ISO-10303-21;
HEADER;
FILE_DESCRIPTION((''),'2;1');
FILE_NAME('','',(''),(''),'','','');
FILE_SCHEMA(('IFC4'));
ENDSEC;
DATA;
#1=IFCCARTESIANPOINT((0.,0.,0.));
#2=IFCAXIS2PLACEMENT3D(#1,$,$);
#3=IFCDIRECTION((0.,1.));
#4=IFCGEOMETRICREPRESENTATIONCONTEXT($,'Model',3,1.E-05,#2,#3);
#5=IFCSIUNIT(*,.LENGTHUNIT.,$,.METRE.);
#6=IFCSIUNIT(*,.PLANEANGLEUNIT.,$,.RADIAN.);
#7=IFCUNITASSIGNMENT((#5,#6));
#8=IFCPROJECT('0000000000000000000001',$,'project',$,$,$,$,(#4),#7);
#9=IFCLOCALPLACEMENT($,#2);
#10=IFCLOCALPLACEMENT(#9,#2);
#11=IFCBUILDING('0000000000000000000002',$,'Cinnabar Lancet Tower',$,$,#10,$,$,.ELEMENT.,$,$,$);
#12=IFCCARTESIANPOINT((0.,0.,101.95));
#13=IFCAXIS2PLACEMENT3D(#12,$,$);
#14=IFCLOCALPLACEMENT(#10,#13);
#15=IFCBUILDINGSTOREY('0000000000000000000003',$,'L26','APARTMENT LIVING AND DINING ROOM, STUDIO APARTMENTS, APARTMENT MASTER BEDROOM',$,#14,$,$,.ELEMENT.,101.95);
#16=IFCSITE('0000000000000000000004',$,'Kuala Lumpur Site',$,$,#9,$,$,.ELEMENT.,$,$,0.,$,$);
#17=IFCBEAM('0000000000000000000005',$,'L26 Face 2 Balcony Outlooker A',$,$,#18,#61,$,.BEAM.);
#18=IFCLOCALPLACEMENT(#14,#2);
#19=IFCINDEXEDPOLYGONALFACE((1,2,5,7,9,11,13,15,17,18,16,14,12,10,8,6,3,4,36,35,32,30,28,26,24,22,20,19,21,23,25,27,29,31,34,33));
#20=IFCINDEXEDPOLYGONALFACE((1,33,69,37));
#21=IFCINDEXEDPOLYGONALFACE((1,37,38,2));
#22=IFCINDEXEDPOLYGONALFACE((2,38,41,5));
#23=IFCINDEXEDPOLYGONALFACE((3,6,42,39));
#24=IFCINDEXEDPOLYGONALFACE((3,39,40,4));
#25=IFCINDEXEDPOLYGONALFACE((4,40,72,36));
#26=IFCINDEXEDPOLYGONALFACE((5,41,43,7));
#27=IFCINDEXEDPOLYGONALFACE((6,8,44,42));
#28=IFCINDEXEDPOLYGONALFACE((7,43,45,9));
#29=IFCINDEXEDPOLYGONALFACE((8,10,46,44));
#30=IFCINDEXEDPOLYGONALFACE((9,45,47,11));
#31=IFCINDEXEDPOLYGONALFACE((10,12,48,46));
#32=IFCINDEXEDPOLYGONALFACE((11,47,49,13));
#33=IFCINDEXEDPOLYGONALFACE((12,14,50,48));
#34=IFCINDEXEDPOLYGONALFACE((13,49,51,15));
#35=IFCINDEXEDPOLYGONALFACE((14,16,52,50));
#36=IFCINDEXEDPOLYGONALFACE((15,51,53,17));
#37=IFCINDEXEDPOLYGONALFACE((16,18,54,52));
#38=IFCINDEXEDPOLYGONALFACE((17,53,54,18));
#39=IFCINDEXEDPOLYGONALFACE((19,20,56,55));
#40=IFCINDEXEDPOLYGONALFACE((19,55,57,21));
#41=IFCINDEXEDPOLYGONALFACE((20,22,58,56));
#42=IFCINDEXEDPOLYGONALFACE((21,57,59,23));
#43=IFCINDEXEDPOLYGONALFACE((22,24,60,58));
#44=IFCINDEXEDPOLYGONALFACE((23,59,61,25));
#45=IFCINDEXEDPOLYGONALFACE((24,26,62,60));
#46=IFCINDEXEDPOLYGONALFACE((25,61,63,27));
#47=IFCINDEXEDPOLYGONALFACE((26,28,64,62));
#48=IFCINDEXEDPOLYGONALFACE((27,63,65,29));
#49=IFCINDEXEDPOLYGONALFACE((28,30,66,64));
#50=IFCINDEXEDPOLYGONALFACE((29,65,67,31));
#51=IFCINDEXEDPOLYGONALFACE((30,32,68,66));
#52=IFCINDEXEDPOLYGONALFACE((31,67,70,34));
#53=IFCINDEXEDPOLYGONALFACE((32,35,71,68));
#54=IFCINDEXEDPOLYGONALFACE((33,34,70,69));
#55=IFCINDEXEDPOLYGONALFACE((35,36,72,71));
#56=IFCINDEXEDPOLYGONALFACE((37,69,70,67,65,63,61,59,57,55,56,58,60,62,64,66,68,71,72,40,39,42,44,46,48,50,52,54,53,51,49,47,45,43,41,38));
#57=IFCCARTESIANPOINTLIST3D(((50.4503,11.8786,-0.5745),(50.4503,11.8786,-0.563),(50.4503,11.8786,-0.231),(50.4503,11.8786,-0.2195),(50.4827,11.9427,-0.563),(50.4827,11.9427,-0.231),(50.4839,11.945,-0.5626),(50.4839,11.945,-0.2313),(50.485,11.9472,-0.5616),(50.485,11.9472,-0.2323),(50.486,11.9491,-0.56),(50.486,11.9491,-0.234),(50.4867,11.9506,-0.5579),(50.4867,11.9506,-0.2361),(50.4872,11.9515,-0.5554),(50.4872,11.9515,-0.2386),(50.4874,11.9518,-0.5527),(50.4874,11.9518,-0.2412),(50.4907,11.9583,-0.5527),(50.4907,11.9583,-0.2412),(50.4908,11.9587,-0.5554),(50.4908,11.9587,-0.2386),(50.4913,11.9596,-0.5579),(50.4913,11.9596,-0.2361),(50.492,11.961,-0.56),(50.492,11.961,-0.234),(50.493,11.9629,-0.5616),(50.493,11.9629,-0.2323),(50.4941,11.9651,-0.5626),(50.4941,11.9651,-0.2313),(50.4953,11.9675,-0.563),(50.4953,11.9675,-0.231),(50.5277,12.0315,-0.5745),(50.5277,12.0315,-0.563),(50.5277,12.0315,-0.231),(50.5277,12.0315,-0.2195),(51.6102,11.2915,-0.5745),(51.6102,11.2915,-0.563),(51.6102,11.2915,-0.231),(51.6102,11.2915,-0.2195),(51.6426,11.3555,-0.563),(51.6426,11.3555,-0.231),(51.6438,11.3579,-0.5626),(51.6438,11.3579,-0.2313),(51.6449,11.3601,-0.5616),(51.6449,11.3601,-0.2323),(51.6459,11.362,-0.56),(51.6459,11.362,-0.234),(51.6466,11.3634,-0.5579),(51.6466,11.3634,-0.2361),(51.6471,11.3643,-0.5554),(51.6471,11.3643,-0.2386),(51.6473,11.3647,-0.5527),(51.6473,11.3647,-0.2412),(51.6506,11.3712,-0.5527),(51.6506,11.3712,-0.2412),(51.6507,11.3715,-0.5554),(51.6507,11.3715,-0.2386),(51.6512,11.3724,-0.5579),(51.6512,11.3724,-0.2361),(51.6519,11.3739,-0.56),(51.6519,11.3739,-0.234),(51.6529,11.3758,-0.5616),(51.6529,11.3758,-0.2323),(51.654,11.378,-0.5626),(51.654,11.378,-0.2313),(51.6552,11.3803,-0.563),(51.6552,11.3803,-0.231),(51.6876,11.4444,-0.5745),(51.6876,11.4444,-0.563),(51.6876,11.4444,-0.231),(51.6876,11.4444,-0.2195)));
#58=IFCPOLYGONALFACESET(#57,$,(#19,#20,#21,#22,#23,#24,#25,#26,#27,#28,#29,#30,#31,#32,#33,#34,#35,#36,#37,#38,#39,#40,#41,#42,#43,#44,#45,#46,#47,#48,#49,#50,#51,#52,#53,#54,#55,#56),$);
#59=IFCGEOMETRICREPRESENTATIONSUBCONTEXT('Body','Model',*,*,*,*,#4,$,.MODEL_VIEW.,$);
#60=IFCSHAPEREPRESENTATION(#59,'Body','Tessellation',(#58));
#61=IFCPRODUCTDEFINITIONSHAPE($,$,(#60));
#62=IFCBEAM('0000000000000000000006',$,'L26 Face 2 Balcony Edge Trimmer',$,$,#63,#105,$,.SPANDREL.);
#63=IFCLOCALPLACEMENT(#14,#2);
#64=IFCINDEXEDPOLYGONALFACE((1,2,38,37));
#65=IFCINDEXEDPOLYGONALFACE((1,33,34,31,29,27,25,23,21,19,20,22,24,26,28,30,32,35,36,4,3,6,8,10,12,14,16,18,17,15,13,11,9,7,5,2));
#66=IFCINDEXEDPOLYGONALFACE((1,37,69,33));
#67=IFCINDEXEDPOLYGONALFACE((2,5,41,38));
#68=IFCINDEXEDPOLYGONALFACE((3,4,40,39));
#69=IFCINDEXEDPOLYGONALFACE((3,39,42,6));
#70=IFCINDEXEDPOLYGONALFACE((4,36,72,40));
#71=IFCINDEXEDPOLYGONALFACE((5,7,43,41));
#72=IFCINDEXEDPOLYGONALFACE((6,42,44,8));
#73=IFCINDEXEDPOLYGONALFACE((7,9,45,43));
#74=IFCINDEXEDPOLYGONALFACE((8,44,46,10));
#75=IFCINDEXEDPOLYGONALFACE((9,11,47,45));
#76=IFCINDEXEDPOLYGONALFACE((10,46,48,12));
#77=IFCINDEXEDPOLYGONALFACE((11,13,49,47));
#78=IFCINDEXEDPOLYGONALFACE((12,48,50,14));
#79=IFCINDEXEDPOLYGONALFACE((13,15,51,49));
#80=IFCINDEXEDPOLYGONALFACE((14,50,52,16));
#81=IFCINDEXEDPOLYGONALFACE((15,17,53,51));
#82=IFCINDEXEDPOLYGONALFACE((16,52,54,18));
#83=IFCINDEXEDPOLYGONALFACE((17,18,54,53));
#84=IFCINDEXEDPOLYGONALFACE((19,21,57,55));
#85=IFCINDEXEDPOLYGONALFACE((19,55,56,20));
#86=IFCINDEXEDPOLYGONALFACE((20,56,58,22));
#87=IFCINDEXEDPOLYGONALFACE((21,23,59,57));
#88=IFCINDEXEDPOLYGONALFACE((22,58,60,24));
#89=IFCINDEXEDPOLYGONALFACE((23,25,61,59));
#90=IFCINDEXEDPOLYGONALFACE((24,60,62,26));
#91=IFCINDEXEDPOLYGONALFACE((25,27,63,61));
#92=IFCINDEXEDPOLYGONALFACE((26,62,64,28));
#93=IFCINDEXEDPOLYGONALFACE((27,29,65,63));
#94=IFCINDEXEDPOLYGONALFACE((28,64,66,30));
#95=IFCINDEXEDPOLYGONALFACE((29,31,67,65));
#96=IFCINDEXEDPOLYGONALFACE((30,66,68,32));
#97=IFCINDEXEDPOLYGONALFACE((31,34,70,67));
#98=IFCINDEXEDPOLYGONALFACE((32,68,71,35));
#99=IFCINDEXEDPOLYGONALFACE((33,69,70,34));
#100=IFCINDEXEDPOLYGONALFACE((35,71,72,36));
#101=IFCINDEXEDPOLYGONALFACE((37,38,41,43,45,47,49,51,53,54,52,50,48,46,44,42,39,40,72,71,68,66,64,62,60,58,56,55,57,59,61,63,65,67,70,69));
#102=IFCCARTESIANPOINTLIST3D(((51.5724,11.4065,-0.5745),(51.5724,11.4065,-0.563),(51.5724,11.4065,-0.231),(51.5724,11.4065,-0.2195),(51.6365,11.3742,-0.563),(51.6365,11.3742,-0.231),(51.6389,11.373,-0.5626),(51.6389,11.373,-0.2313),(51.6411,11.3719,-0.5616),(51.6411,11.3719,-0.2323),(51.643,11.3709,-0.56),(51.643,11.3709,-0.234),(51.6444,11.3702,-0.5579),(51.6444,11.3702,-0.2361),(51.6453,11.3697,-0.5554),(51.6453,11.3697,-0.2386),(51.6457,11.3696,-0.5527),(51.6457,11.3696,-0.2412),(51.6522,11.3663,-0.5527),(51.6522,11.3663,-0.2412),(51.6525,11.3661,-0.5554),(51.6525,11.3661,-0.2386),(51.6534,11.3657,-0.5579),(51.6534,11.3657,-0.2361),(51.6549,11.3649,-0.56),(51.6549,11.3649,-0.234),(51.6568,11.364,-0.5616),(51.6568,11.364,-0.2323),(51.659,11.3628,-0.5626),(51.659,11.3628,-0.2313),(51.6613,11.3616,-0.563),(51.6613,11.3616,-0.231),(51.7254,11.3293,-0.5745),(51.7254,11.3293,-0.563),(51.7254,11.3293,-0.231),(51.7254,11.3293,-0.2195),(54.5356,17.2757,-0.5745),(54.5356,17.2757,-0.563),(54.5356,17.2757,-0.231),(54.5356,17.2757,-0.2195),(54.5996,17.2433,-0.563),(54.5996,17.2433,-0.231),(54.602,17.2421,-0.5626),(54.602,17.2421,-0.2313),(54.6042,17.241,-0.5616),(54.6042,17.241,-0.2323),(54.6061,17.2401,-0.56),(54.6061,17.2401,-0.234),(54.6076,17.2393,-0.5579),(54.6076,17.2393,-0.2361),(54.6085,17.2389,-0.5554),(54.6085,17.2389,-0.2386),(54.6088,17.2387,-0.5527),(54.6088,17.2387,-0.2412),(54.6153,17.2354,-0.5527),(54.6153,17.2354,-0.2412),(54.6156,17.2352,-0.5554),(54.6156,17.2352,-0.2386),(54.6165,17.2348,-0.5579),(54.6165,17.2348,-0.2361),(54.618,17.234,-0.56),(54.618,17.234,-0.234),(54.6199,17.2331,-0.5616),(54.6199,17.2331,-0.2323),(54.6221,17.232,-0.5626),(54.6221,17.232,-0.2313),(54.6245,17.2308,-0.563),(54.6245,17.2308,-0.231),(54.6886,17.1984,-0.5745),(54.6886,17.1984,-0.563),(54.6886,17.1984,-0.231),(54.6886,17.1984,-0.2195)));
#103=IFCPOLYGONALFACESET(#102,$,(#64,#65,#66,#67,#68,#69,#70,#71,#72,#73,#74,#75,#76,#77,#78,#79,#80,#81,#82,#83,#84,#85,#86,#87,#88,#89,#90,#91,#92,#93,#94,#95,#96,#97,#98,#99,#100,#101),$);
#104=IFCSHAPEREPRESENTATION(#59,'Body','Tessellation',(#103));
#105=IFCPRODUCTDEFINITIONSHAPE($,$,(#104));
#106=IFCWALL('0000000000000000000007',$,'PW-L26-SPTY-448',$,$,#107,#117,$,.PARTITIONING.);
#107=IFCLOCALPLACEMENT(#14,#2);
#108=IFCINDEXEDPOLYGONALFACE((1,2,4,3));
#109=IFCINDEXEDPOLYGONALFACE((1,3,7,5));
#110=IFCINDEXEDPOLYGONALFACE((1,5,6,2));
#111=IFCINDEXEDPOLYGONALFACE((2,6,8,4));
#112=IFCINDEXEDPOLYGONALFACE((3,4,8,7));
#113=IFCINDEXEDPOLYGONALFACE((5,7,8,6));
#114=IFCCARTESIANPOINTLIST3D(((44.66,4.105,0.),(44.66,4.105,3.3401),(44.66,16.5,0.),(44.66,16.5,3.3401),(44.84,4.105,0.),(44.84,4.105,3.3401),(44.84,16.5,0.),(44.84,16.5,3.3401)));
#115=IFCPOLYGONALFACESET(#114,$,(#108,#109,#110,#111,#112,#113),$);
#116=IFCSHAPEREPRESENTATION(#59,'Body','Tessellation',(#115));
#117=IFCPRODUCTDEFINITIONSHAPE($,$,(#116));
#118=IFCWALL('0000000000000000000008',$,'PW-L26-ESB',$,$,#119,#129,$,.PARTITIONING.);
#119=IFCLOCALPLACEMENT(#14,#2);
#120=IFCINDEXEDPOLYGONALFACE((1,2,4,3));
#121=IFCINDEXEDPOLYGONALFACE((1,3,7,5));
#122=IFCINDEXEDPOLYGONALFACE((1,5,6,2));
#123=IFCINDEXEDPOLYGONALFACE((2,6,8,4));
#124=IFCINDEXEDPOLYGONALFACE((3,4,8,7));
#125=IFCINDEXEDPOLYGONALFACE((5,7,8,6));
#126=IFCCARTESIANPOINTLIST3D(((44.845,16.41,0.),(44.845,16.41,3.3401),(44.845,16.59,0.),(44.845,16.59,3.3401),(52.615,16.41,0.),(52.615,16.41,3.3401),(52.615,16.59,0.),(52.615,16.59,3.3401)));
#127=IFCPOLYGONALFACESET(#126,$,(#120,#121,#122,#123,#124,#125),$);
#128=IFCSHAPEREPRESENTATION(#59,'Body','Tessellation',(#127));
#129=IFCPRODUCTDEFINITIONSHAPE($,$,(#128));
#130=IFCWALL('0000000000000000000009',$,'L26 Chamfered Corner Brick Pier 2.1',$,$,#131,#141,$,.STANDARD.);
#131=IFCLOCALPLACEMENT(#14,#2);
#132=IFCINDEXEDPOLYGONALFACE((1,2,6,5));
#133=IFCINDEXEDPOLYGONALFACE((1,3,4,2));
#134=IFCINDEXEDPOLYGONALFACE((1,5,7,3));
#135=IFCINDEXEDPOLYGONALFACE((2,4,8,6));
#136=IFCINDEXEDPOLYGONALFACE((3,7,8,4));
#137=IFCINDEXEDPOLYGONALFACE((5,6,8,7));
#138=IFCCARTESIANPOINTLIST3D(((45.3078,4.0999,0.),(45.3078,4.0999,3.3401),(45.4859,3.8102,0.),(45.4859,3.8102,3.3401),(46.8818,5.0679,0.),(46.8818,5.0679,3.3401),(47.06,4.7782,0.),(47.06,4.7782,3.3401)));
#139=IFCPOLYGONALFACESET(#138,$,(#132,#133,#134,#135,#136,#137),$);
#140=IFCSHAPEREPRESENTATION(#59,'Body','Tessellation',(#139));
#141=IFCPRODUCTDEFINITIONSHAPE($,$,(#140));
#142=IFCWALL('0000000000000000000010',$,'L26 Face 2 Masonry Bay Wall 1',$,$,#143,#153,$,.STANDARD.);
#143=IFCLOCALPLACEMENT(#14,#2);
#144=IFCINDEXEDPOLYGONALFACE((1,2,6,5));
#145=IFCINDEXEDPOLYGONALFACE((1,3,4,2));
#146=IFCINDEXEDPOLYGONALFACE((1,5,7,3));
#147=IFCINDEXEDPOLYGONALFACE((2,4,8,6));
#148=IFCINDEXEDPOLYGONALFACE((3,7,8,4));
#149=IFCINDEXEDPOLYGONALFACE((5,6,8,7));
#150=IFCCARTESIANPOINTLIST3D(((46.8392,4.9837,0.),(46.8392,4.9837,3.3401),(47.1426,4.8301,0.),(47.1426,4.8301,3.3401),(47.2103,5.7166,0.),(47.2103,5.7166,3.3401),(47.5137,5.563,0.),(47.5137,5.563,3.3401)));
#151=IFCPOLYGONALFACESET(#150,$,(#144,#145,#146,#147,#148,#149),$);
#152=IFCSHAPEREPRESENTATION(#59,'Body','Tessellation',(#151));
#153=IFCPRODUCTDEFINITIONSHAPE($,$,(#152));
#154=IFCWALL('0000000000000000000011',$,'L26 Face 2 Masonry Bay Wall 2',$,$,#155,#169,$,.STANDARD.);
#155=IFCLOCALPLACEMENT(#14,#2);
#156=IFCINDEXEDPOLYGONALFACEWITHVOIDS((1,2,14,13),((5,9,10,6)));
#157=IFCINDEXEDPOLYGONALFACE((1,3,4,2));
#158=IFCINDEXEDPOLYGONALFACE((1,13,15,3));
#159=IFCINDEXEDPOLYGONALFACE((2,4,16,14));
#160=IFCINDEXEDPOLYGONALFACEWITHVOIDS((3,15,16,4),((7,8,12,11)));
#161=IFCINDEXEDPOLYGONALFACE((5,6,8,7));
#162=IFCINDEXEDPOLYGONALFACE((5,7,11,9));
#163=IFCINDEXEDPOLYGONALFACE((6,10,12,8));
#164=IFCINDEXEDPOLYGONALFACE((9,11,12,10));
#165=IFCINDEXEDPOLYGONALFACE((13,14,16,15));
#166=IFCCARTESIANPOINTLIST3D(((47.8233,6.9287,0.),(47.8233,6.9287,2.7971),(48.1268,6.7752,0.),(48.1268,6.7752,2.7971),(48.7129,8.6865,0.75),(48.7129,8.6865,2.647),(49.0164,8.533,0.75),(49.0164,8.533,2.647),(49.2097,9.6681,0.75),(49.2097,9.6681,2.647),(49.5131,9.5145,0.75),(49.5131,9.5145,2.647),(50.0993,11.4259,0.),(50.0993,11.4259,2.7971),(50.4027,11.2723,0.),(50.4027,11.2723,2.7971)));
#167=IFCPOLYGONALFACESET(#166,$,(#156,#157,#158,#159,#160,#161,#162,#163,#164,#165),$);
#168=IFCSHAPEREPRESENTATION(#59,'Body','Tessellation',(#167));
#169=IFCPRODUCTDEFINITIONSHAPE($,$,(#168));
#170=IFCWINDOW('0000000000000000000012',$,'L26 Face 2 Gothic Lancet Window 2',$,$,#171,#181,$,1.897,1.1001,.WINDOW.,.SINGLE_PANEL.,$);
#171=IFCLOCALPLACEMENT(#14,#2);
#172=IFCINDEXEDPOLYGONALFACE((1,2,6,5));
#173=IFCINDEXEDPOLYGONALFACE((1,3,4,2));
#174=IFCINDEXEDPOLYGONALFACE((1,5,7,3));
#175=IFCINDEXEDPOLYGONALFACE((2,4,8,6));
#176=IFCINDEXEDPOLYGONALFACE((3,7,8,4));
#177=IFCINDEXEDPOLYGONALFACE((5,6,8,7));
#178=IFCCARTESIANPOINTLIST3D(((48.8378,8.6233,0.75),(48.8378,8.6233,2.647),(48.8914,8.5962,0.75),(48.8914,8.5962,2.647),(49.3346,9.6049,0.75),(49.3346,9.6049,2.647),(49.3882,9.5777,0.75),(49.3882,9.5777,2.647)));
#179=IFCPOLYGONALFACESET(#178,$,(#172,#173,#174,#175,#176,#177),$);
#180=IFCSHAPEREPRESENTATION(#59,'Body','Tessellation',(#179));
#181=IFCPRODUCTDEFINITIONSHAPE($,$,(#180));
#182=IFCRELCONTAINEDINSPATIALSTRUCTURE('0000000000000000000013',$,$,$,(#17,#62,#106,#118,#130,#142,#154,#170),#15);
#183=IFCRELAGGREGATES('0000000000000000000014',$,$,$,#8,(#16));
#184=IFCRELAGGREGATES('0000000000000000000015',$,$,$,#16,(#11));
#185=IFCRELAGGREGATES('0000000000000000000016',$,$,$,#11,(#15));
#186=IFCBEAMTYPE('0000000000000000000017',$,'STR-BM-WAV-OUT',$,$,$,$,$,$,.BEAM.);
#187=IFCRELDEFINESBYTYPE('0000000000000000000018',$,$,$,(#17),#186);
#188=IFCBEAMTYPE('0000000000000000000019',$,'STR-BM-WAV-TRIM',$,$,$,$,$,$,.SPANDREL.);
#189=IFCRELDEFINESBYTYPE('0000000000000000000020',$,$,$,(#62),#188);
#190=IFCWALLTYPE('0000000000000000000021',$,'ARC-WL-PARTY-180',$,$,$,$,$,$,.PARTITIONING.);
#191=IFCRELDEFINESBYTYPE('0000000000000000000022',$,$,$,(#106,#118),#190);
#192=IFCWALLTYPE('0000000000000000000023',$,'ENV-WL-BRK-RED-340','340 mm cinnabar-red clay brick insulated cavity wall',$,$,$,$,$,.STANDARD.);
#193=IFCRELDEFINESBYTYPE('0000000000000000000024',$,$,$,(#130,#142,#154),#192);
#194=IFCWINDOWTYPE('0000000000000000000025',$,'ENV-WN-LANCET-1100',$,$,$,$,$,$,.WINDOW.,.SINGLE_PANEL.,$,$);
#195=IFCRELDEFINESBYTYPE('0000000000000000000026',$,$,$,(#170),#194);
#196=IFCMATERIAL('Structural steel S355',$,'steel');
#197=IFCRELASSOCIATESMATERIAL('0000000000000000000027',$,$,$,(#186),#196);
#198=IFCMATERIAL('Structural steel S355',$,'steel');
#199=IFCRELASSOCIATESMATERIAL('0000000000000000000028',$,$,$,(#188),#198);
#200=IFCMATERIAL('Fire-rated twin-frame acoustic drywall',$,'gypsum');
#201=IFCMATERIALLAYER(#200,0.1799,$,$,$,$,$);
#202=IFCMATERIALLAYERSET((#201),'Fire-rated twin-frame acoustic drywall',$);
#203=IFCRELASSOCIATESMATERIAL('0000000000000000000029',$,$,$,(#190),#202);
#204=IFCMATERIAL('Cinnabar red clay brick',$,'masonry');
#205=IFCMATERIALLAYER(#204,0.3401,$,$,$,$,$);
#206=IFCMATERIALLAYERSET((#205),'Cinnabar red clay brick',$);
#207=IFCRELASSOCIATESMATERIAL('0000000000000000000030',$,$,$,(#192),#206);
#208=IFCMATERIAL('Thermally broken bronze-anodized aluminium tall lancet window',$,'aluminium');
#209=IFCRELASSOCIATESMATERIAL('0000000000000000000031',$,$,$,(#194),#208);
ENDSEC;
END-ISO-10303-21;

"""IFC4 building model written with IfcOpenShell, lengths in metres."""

from ifc_helpers import new_model, si_unit, direction, frame, frame_2d, origin, origin_2d, place, context, subcontext, project, spatial, rectangle, i_section, extrude, material, layer, layer_set, material_profile, profile_set, type_object, element, fill, save


model = new_model("IFC4")

# Units and contexts
model_context = context("Model", 3, precision=1e-05, world=origin(), true_north=direction((0.0, 1.0)))
body_context = subcontext(model_context, "Body", "Model", "MODEL_VIEW")
ifc_project = project(units=[si_unit("LENGTHUNIT", "METRE"), si_unit("PLANEANGLEUNIT", "RADIAN")], contexts=[model_context])

# Site, building, storey
site_placement = place(None, origin())
site = spatial("IfcSite", under=ifc_project, at=site_placement, Name="Kuala Lumpur Site", CompositionType="ELEMENT", RefElevation=0.0)
building_placement = place(site_placement, origin())
building = spatial("IfcBuilding", under=site, at=building_placement, Name="Cinnabar Lancet Tower", CompositionType="ELEMENT")
storey_placement = place(building_placement, frame((0.0, 0.0, 101.95)))
storey = spatial("IfcBuildingStorey", under=building, at=storey_placement, Name="L26", Description="APARTMENT LIVING AND DINING ROOM, STUDIO APARTMENTS, APARTMENT MASTER BEDROOM", CompositionType="ELEMENT", Elevation=101.95)

# Beams
ifc_material_1 = material(Name="Structural steel S355", Category="steel")
ifc_material_profile_1 = material_profile(ifc_material_1, i_section(OverallWidth=0.1714, OverallDepth=0.355, WebThickness=0.0073, FlangeThickness=0.0115, FilletRadius=0.0103, at=origin_2d()), Name="UKB 356x171x51")
ifc_profile_set_1 = profile_set([ifc_material_profile_1], Name="Structural steel S355")
beam_type_1 = type_object("IfcBeamType", Name="STR-BM-WAV-OUT", PredefinedType="BEAM", material=ifc_profile_set_1)
beam_1_placement = place(storey_placement, frame((50.489, 11.9551, -0.397), z_axis=(0.8922, -0.45164, 0.0), x_axis=(0.45164, 0.8922, 0.0)))
element("IfcBeam", 1, at=beam_1_placement, inside=storey, type_object=beam_type_1, Name="L26 Face 2 Balcony Outlooker A", PredefinedType="BEAM", context=body_context, shape_type="SweptSolid", body=[
    extrude(i_section(OverallWidth=0.1714, OverallDepth=0.355, WebThickness=0.0073, FlangeThickness=0.0115, FilletRadius=0.0103, at=origin_2d()), origin(), (0.0, 0.0, 1.0), 1.3),
])
ifc_material_2 = material(Name="Structural steel S355", Category="steel")
ifc_material_profile_2 = material_profile(ifc_material_2, i_section(OverallWidth=0.1714, OverallDepth=0.355, WebThickness=0.0073, FlangeThickness=0.0115, FilletRadius=0.0103, at=origin_2d()), Name="UKB 356x171x51")
ifc_profile_set_2 = profile_set([ifc_material_profile_2], Name="Structural steel S355")
beam_type_2 = type_object("IfcBeamType", Name="STR-BM-WAV-TRIM", PredefinedType="SPANDREL", material=ifc_profile_set_2)
beam_2_placement = place(storey_placement, frame((51.6489, 11.3679, -0.397), z_axis=(0.450686, 0.892683, 0.0), x_axis=(-0.892683, 0.450686, 0.0)))
element("IfcBeam", 2, at=beam_2_placement, inside=storey, type_object=beam_type_2, Name="L26 Face 2 Balcony Edge Trimmer", PredefinedType="SPANDREL", context=body_context, shape_type="SweptSolid", body=[
    extrude(i_section(OverallWidth=0.1714, OverallDepth=0.355, WebThickness=0.0073, FlangeThickness=0.0115, FilletRadius=0.0103, at=origin_2d()), origin(), (0.0, 0.0, 1.0), 6.5747),
])

# Walls
ifc_material_3 = material(Name="Fire-rated twin-frame acoustic drywall", Category="gypsum")
ifc_layer_1 = layer(ifc_material_3, 0.1799)
ifc_layer_set_1 = layer_set([ifc_layer_1], Name="Fire-rated twin-frame acoustic drywall")
wall_type_1 = type_object("IfcWallType", Name="ARC-WL-PARTY-180", PredefinedType="PARTITIONING", material=ifc_layer_set_1)
wall_1_placement = place(storey_placement, frame((44.75, 4.105, 0.0), z_axis=(0.0, 0.0, 1.0), x_axis=(0.0, 1.0, 0.0)))
element("IfcWall", 3, at=wall_1_placement, inside=storey, type_object=wall_type_1, Name="PW-L26-SPTY-448", PredefinedType="PARTITIONING", context=body_context, shape_type="SweptSolid", body=[
    extrude(rectangle(XDim=12.395, YDim=0.1799, at=frame_2d((6.1975, 0.0))), origin(), (0.0, 0.0, 1.0), 3.3401),
])
wall_2_placement = place(storey_placement, frame((44.845, 16.5, 0.0), z_axis=(0.0, 0.0, 1.0), x_axis=(1.0, 0.0, 0.0)))
element("IfcWall", 4, at=wall_2_placement, inside=storey, type_object=wall_type_1, Name="PW-L26-ESB", PredefinedType="PARTITIONING", context=body_context, shape_type="SweptSolid", body=[
    extrude(rectangle(XDim=7.77, YDim=0.1799, at=frame_2d((3.885, 0.0))), origin(), (0.0, 0.0, 1.0), 3.3401),
])
ifc_material_4 = material(Name="Cinnabar red clay brick", Category="masonry")
ifc_layer_2 = layer(ifc_material_4, 0.3401)
ifc_layer_set_2 = layer_set([ifc_layer_2], Name="Cinnabar red clay brick")
wall_type_2 = type_object("IfcWallType", Name="ENV-WL-BRK-RED-340", Description="340 mm cinnabar-red clay brick insulated cavity wall", PredefinedType="STANDARD", material=ifc_layer_set_2)
wall_3_placement = place(storey_placement, frame((45.397, 3.9551, 0.0), z_axis=(0.0, 0.0, 1.0), x_axis=(0.851799, 0.523869, 0.0)))
element("IfcWall", 5, at=wall_3_placement, inside=storey, type_object=wall_type_2, Name="L26 Chamfered Corner Brick Pier 2.1", PredefinedType="STANDARD", context=body_context, shape_type="SweptSolid", body=[
    extrude(rectangle(XDim=1.8479, YDim=0.3401, at=frame_2d((0.9238, 0.0))), origin(), (0.0, 0.0, 1.0), 3.3401),
])
wall_4_placement = place(storey_placement, frame((46.991, 4.907, 0.0), z_axis=(0.0, 0.0, 1.0), x_axis=(0.451725, 0.892157, 0.0)))
element("IfcWall", 6, at=wall_4_placement, inside=storey, type_object=wall_type_2, Name="L26 Face 2 Masonry Bay Wall 1", PredefinedType="STANDARD", context=body_context, shape_type="SweptSolid", body=[
    extrude(rectangle(XDim=0.8215, YDim=0.3401, at=frame_2d((0.4106, 0.0))), origin(), (0.0, 0.0, 1.0), 3.3401),
])

# Wall, opening, window
wall_5_placement = place(storey_placement, frame((47.9751, 6.8521, 0.0), z_axis=(0.0, 0.0, 1.0), x_axis=(0.451548, 0.892247, 0.0)))
wall_5 = element("IfcWall", 7, at=wall_5_placement, inside=storey, type_object=wall_type_2, Name="L26 Face 2 Masonry Bay Wall 2", PredefinedType="STANDARD", context=body_context, shape_type="SweptSolid", body=[
    extrude(rectangle(XDim=5.0403, YDim=0.3401, at=frame_2d((2.52, 0.0))), origin(), (0.0, 0.0, 1.0), 2.7971),
])
opening_1_placement = place(wall_5_placement, frame((1.97, 0.0, 0.75)))
opening_1 = element("IfcOpeningElement", 8, at=opening_1_placement, cuts=wall_5, PredefinedType="OPENING", context=body_context, shape_type="SweptSolid", body=[
    extrude(rectangle(XDim=1.1001, YDim=1.897, at=frame_2d((0.55, 0.9485))), frame((0.0, 0.1799, 0.0), z_axis=(0.0, -1.0, 0.0), x_axis=(1.0, 0.0, 0.0)), (0.0, 0.0, 1.0), 0.3601),
])
ifc_material_5 = material(Name="Thermally broken bronze-anodized aluminium tall lancet window", Category="aluminium")
window_type = type_object("IfcWindowType", Name="ENV-WN-LANCET-1100", PartitioningType="SINGLE_PANEL", PredefinedType="WINDOW", material=ifc_material_5)
window_placement = place(opening_1_placement, origin())
window = element("IfcWindow", 9, at=window_placement, inside=storey, type_object=window_type, Name="L26 Face 2 Gothic Lancet Window 2", OverallHeight=1.897, OverallWidth=1.1001, PartitioningType="SINGLE_PANEL", PredefinedType="WINDOW", context=body_context, shape_type="SweptSolid", body=[
    extrude(rectangle(XDim=1.1001, YDim=1.897, at=frame_2d((0.55, 0.9485))), frame((0.0, 0.03, 0.0), z_axis=(0.0, -1.0, 0.0), x_axis=(1.0, 0.0, 0.0)), (0.0, 0.0, 1.0), 0.0601),
])
fill(opening_1, window)

save(model, "model.ifc")
